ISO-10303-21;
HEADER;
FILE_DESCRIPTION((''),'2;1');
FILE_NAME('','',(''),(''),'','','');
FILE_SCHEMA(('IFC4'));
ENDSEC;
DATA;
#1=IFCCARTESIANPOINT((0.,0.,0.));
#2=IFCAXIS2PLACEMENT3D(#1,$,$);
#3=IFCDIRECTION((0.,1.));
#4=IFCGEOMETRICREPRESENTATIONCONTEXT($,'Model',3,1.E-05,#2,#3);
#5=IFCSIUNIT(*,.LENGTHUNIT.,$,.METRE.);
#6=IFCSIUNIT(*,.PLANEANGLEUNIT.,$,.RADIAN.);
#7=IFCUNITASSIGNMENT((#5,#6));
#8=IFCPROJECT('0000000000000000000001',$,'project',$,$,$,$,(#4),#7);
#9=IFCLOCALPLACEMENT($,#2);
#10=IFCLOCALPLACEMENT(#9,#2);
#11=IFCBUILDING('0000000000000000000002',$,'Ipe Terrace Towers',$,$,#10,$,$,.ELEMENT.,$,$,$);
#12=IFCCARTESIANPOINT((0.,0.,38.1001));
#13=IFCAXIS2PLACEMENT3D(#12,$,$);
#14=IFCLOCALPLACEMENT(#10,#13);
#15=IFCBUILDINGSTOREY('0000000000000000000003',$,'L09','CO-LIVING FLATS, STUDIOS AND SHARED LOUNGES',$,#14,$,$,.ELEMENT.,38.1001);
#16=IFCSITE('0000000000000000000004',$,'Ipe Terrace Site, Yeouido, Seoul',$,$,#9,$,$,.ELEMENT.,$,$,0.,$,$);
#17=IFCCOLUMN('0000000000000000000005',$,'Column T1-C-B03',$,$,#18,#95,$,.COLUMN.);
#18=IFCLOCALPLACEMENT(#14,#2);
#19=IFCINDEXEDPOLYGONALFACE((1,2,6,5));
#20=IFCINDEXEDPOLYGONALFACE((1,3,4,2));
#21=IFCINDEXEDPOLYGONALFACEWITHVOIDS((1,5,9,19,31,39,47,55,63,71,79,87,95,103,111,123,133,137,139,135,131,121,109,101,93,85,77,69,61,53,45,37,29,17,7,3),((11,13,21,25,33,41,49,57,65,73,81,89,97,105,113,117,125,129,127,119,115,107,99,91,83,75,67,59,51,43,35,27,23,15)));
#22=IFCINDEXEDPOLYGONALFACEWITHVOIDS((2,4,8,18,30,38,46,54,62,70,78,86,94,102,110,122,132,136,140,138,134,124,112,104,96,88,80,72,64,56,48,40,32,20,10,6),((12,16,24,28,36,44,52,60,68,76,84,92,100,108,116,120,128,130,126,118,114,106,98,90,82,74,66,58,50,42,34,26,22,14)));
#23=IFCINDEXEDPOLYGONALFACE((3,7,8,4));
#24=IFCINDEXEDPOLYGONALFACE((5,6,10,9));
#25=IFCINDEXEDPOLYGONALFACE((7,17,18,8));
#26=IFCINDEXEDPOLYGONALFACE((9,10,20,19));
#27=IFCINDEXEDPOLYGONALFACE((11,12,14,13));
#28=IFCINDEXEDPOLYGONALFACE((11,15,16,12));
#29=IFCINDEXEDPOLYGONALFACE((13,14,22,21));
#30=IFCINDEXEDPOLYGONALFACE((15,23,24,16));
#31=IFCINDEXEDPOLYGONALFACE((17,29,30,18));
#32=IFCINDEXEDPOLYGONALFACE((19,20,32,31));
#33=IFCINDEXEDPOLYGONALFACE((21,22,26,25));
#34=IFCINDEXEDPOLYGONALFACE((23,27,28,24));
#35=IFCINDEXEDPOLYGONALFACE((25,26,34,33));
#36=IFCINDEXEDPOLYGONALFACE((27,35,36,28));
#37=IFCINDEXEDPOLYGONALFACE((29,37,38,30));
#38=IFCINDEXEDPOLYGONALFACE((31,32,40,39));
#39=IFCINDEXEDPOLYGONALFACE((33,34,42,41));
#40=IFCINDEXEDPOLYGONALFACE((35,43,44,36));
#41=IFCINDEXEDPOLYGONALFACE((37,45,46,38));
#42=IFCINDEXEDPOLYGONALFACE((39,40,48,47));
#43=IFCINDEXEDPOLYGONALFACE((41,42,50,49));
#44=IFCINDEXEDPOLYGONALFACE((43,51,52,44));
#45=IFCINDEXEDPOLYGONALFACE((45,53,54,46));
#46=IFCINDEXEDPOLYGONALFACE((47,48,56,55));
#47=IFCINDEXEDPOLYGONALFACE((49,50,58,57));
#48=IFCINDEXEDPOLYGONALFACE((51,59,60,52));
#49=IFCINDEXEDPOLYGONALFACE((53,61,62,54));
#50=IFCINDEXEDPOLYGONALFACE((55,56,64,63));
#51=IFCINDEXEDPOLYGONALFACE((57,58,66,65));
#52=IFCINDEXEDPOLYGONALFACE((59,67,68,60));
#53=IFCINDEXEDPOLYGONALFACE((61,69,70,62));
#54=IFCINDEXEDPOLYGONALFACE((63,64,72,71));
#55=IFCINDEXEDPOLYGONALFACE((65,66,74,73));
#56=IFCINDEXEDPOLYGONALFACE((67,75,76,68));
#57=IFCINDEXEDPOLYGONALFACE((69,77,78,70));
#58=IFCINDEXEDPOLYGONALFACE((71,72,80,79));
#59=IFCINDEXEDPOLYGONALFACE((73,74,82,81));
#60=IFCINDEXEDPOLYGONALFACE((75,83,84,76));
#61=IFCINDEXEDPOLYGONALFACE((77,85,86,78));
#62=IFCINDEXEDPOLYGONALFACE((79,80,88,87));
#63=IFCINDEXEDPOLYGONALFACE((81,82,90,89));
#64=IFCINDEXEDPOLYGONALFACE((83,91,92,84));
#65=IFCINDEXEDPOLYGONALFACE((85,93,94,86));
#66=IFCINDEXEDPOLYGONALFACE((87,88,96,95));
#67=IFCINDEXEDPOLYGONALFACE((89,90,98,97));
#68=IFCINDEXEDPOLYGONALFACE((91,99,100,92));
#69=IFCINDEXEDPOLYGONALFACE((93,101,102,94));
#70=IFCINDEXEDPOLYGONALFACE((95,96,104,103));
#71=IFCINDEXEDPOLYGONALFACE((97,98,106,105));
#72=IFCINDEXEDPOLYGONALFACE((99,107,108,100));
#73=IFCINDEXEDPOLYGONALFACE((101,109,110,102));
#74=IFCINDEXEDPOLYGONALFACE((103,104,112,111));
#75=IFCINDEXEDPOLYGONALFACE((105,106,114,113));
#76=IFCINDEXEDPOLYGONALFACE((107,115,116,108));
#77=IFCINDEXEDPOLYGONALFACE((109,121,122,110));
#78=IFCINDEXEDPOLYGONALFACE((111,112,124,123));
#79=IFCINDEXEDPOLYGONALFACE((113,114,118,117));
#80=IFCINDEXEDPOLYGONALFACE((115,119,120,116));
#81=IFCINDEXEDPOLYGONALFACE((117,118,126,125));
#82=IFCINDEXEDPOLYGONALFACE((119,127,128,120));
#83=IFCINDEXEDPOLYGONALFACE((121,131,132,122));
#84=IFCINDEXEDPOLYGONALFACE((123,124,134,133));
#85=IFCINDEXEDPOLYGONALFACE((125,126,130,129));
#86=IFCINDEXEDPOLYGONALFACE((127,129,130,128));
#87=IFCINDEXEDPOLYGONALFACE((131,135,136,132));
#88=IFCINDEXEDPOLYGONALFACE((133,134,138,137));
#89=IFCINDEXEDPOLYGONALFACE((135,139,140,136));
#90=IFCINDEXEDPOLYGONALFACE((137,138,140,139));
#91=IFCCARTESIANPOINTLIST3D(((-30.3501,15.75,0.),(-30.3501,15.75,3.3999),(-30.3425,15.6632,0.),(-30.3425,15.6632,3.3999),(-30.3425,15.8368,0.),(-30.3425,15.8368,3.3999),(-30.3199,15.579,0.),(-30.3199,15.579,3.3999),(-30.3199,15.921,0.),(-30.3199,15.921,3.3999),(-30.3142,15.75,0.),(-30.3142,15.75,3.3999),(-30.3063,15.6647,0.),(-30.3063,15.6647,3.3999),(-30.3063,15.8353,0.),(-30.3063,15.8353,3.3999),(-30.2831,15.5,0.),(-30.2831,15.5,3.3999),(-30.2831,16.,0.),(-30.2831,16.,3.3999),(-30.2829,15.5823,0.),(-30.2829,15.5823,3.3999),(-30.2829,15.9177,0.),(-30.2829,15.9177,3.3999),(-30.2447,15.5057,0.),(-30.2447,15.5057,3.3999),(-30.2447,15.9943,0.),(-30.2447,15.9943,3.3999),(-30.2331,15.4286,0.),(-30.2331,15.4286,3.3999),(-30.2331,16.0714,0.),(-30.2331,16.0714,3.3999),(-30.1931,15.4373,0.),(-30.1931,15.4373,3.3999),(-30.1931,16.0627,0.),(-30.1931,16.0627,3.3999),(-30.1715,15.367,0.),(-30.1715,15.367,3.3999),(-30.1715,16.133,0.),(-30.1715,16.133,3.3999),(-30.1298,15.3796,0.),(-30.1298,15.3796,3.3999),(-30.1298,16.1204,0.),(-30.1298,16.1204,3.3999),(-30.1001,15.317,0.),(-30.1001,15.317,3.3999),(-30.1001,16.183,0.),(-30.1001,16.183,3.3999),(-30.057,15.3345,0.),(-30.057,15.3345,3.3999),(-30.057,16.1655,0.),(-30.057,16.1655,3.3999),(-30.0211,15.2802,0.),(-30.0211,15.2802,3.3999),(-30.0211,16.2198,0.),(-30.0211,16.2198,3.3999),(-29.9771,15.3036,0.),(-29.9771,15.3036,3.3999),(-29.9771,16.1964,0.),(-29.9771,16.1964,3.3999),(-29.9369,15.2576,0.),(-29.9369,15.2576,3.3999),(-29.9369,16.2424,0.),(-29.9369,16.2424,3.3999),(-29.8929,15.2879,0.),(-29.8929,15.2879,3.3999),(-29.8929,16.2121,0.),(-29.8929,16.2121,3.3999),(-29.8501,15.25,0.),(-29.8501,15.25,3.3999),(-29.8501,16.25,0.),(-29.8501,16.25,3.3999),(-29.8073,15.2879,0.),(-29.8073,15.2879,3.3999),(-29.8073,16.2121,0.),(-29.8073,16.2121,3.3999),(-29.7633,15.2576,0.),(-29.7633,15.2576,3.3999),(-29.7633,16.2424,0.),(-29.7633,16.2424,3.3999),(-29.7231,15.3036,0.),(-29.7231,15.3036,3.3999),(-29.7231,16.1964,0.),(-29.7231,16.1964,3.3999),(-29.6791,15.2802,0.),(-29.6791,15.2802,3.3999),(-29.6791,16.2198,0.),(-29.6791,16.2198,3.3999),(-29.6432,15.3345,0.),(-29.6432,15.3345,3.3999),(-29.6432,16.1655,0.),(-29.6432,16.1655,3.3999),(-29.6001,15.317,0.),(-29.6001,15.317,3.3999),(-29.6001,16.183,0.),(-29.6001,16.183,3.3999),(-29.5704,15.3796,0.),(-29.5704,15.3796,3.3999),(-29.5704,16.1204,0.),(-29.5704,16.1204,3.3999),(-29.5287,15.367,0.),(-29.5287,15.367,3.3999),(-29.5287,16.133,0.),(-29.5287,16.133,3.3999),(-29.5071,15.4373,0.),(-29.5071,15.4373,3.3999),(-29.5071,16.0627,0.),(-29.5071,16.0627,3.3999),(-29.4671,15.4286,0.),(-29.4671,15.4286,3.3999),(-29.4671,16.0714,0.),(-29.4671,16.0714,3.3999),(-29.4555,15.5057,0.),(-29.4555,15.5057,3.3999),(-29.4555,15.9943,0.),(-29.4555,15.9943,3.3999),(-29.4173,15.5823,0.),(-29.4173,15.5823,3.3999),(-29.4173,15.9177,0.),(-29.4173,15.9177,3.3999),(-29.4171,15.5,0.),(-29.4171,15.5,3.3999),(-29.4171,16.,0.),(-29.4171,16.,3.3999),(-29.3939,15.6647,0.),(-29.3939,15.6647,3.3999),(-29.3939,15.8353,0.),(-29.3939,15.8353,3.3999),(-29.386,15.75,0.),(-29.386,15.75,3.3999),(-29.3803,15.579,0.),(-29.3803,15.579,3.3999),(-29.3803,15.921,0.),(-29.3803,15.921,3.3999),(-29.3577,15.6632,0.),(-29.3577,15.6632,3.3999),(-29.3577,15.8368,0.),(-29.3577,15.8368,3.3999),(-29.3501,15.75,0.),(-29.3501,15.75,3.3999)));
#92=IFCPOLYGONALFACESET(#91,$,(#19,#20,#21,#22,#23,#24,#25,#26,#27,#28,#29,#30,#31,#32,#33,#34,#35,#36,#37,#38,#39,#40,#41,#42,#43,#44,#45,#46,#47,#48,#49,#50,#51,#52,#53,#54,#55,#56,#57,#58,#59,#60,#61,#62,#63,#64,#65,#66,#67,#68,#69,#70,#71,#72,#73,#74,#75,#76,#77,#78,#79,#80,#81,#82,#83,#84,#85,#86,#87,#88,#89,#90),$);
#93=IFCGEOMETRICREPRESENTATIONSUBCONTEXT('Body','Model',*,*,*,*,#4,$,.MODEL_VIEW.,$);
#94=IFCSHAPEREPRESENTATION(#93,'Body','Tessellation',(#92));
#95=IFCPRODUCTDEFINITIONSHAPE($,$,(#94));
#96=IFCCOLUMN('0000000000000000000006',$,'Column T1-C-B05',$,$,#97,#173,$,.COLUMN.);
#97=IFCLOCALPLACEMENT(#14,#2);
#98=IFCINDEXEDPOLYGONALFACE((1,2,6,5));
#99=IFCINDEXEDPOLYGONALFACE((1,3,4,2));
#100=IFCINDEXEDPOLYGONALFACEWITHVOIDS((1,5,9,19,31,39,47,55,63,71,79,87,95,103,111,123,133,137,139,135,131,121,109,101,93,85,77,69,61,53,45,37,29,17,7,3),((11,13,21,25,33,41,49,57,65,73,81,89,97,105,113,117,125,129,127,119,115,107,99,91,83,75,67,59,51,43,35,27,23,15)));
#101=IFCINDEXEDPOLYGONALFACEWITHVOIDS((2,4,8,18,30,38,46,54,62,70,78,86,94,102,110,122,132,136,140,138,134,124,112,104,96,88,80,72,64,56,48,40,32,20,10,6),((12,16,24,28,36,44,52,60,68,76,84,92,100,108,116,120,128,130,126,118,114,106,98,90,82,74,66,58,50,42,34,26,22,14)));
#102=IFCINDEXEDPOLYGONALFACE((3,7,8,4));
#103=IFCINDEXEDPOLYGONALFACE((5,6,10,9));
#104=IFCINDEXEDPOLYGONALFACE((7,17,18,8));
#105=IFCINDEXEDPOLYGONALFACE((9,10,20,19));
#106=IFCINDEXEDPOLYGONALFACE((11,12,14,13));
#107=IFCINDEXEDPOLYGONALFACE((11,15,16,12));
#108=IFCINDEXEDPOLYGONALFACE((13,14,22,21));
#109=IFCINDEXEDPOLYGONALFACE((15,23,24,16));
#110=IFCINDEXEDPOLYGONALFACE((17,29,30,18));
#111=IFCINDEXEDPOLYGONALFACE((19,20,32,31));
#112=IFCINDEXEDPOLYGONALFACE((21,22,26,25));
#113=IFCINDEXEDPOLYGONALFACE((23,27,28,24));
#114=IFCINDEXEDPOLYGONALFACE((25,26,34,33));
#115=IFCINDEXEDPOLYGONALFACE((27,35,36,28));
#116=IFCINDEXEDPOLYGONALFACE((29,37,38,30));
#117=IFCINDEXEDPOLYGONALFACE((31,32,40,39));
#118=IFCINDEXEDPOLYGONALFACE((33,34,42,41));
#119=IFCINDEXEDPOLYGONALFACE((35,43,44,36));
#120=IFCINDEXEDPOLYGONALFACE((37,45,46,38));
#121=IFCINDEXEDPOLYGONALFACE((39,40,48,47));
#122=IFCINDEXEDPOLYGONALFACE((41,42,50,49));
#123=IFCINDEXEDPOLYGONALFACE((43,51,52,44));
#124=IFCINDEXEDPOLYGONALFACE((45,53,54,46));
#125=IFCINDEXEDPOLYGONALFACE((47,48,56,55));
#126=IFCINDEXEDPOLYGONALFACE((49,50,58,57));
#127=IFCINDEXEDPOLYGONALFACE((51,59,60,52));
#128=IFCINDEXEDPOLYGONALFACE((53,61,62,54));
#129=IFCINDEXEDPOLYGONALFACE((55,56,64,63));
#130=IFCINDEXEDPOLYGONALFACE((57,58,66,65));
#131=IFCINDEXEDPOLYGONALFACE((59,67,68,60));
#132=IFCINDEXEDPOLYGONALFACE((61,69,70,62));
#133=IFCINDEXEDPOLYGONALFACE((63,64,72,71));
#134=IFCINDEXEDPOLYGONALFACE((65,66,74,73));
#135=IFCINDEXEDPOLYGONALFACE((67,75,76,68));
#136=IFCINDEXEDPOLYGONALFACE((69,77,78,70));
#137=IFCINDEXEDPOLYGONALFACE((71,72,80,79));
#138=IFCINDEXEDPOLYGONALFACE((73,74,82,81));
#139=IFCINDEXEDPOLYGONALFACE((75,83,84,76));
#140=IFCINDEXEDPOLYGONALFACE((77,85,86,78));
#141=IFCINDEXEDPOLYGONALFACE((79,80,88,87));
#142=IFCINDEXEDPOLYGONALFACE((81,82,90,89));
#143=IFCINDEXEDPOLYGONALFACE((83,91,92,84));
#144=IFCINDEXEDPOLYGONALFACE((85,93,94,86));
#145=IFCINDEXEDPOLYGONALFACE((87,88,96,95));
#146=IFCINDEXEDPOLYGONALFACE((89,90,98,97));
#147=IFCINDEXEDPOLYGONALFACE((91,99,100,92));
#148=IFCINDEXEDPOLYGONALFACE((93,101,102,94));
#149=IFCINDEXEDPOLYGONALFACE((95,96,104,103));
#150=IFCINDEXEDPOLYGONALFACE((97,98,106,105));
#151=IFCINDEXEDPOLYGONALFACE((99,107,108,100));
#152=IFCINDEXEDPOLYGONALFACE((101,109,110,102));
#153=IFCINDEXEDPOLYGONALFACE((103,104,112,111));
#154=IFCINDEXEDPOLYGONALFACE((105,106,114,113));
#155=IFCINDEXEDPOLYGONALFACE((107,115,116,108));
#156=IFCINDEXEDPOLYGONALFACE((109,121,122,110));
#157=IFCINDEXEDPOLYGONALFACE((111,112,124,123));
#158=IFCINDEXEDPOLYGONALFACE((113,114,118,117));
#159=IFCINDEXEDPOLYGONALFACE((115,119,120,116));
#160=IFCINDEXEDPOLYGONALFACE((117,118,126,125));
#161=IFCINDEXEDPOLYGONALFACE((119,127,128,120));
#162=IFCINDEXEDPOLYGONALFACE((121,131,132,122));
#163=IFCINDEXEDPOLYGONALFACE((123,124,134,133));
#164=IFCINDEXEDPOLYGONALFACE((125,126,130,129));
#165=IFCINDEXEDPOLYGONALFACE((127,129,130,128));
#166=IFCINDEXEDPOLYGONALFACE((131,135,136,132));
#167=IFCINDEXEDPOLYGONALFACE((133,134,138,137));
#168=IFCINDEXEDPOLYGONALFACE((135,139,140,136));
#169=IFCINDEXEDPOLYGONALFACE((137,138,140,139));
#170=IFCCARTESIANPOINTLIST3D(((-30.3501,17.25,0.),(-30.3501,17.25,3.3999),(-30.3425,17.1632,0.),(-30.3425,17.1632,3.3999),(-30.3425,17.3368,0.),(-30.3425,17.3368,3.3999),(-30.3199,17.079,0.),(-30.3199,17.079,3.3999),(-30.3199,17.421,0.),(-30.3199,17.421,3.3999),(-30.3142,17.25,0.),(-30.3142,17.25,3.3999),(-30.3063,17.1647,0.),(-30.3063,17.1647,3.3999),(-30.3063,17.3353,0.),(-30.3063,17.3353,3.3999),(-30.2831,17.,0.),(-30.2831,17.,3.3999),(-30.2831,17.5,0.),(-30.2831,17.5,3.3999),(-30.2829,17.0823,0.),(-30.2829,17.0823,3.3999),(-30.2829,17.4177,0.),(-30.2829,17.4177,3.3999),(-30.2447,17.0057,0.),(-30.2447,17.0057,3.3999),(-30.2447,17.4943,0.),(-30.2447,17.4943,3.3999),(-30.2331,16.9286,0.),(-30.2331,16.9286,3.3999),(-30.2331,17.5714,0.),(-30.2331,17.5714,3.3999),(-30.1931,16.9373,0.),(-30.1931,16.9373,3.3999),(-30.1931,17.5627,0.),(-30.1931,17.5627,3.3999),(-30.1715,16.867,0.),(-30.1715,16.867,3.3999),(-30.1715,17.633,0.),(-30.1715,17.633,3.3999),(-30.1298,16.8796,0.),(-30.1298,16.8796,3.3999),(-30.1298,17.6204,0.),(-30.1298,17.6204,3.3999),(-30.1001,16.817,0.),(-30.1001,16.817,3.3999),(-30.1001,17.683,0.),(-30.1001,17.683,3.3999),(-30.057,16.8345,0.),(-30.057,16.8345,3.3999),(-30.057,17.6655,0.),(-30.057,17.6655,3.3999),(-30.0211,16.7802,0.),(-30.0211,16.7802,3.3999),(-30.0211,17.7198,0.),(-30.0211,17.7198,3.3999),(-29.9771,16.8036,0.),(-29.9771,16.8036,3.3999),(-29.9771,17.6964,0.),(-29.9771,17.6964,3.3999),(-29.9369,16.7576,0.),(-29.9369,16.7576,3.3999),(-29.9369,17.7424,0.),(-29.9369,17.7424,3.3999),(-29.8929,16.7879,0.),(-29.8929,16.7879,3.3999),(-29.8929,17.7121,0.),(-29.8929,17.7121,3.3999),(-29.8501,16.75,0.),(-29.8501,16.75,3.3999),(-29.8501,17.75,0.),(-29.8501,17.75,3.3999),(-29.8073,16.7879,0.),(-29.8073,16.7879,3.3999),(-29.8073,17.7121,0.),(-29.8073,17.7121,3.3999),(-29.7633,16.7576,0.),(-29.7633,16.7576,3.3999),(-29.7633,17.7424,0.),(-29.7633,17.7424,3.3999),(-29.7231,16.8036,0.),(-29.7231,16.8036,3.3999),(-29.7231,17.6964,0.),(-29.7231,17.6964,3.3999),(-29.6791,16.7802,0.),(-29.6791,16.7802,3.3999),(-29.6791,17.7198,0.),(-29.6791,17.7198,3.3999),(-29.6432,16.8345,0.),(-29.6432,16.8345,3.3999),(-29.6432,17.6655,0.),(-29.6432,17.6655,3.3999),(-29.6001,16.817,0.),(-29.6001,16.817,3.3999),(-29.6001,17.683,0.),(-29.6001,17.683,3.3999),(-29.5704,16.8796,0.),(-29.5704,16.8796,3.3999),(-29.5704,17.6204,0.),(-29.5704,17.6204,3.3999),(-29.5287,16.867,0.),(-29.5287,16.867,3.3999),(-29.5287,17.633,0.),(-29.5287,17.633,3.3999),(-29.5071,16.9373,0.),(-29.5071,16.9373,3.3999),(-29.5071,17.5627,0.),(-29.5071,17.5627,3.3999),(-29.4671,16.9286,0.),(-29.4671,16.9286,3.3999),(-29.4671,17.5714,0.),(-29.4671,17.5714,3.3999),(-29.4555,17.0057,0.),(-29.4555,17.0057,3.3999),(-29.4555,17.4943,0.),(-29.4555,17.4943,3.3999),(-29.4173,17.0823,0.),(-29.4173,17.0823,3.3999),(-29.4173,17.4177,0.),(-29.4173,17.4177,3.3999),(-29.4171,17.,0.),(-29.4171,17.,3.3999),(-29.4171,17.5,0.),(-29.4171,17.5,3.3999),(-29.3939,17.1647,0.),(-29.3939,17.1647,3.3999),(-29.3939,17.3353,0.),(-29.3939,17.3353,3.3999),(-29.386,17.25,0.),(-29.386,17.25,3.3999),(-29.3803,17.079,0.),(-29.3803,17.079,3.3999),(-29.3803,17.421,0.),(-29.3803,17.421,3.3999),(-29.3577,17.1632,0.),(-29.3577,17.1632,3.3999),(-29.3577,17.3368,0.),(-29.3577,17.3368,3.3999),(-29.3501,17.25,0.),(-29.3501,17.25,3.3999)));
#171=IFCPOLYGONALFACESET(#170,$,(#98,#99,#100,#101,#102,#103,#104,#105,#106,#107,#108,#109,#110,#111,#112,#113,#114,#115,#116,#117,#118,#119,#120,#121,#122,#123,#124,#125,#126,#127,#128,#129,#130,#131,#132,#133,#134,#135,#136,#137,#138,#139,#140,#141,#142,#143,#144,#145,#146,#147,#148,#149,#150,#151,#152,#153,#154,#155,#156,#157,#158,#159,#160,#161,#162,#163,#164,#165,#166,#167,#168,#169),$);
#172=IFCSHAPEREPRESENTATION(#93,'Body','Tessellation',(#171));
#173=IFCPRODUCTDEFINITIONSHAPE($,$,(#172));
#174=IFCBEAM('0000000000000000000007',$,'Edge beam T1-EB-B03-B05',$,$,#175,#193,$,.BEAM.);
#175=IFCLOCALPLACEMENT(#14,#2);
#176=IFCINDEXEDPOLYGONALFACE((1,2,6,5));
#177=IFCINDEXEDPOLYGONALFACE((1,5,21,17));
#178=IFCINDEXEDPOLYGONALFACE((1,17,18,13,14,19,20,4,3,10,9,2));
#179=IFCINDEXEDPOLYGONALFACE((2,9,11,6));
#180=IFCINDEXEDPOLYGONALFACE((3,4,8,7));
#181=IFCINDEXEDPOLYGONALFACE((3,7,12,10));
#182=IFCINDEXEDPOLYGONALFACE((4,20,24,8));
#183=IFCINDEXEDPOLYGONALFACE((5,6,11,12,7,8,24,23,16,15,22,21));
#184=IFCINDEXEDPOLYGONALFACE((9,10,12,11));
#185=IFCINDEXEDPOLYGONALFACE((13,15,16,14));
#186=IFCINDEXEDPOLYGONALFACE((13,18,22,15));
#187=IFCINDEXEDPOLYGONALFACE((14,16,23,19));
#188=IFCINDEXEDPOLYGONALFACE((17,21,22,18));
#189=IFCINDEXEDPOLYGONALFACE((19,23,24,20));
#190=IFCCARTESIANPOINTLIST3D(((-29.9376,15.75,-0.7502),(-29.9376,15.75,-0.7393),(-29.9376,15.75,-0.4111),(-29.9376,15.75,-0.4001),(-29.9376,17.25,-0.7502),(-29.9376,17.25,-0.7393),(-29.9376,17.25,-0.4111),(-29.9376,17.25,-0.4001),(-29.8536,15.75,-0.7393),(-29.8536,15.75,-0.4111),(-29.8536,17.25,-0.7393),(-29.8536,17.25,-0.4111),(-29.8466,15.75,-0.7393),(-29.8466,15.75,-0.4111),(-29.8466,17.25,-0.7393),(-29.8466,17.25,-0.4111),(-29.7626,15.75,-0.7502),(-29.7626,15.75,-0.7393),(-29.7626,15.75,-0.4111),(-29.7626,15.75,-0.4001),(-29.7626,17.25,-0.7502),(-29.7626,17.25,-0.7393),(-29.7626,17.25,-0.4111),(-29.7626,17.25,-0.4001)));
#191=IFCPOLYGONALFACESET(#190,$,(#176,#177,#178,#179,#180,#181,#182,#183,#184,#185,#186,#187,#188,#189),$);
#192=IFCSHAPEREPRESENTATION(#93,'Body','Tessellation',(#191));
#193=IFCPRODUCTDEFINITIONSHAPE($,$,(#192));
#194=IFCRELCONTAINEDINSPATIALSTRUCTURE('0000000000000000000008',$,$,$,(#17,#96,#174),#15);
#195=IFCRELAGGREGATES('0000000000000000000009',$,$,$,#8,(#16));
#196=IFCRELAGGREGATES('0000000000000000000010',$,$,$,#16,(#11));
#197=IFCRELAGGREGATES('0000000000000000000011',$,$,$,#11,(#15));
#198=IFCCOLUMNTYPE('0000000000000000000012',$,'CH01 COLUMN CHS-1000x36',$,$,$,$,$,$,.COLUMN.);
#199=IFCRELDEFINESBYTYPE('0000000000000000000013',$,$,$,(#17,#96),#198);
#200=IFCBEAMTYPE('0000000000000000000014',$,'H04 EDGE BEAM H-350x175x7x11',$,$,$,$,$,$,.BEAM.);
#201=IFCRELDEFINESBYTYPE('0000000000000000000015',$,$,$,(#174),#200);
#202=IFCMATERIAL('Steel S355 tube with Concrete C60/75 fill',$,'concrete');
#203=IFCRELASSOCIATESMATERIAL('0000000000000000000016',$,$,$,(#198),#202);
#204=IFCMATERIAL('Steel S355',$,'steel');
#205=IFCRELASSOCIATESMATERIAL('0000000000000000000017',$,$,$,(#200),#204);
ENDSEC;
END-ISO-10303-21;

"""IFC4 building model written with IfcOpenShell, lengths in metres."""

from ifc_helpers import new_model, si_unit, direction, frame, origin, origin_2d, place, context, subcontext, project, spatial, hollow_circle, i_section, extrude, material, material_profile, profile_set, type_object, element, save


model = new_model("IFC4")

# Units and contexts
model_context = context("Model", 3, precision=1e-05, world=origin(), true_north=direction((0.0, 1.0)))
body_context = subcontext(model_context, "Body", "Model", "MODEL_VIEW")
ifc_project = project(units=[si_unit("LENGTHUNIT", "METRE"), si_unit("PLANEANGLEUNIT", "RADIAN")], contexts=[model_context])

# Site, building, storey
site_placement = place(None, origin())
site = spatial("IfcSite", under=ifc_project, at=site_placement, Name="Ipe Terrace Site, Yeouido, Seoul", CompositionType="ELEMENT", RefElevation=0.0)
building_placement = place(site_placement, origin())
building = spatial("IfcBuilding", under=site, at=building_placement, Name="Ipe Terrace Towers", CompositionType="ELEMENT")
storey_placement = place(building_placement, frame((0.0, 0.0, 38.1001)))
storey = spatial("IfcBuildingStorey", under=building, at=storey_placement, Name="L09", Description="CO-LIVING FLATS, STUDIOS AND SHARED LOUNGES", CompositionType="ELEMENT", Elevation=38.1001)

# Columns
ifc_material_1 = material(Name="Steel S355 tube with Concrete C60/75 fill", Category="concrete")
ifc_material_profile_1 = material_profile(ifc_material_1, hollow_circle(Radius=0.5, WallThickness=0.0359, at=origin_2d()), Name="CHS-1000x36")
ifc_profile_set_1 = profile_set([ifc_material_profile_1], Name="Steel S355 tube with Concrete C60/75 fill")
column_type = type_object("IfcColumnType", Name="CH01 COLUMN CHS-1000x36", PredefinedType="COLUMN", material=ifc_profile_set_1)
for number, where, z_axis, x_axis, name in (
    (1, (-29.8501, 15.75, 0.0), (0.0, 0.0, 1.0), (1.0, 0.0, 0.0), "Column T1-C-B03"),
    (2, (-29.8501, 17.25, 0.0), (0.0, 0.0, 1.0), (1.0, 0.0, 0.0), "Column T1-C-B05"),
):
    element("IfcColumn", number, at=place(storey_placement, frame(where, z_axis=z_axis, x_axis=x_axis)), inside=storey, type_object=column_type, Name=name, PredefinedType="COLUMN", context=body_context, shape_type="SweptSolid", body=[
        extrude(hollow_circle(Radius=0.5, WallThickness=0.0359, at=origin_2d()), origin(), (0.0, 0.0, 1.0), 3.3999),
    ])

# Beam
ifc_material_2 = material(Name="Steel S355", Category="steel")
ifc_material_profile_2 = material_profile(ifc_material_2, i_section(OverallWidth=0.175, OverallDepth=0.3501, WebThickness=0.0071, FlangeThickness=0.011, at=origin_2d()), Name="H-350x175x7x11")
ifc_profile_set_2 = profile_set([ifc_material_profile_2], Name="Steel S355")
beam_type = type_object("IfcBeamType", Name="H04 EDGE BEAM H-350x175x7x11", PredefinedType="BEAM", material=ifc_profile_set_2)
beam_placement = place(storey_placement, frame((-29.8501, 15.75, -0.5752), z_axis=(0.0, 1.0, 0.0), x_axis=(-1.0, 0.0, 0.0)))
element("IfcBeam", 3, at=beam_placement, inside=storey, type_object=beam_type, Name="Edge beam T1-EB-B03-B05", PredefinedType="BEAM", context=body_context, shape_type="SweptSolid", body=[
    extrude(i_section(OverallWidth=0.175, OverallDepth=0.3501, WebThickness=0.0071, FlangeThickness=0.011, at=origin_2d()), origin(), (0.0, 0.0, 1.0), 1.5),
])

save(model, "model.ifc")
